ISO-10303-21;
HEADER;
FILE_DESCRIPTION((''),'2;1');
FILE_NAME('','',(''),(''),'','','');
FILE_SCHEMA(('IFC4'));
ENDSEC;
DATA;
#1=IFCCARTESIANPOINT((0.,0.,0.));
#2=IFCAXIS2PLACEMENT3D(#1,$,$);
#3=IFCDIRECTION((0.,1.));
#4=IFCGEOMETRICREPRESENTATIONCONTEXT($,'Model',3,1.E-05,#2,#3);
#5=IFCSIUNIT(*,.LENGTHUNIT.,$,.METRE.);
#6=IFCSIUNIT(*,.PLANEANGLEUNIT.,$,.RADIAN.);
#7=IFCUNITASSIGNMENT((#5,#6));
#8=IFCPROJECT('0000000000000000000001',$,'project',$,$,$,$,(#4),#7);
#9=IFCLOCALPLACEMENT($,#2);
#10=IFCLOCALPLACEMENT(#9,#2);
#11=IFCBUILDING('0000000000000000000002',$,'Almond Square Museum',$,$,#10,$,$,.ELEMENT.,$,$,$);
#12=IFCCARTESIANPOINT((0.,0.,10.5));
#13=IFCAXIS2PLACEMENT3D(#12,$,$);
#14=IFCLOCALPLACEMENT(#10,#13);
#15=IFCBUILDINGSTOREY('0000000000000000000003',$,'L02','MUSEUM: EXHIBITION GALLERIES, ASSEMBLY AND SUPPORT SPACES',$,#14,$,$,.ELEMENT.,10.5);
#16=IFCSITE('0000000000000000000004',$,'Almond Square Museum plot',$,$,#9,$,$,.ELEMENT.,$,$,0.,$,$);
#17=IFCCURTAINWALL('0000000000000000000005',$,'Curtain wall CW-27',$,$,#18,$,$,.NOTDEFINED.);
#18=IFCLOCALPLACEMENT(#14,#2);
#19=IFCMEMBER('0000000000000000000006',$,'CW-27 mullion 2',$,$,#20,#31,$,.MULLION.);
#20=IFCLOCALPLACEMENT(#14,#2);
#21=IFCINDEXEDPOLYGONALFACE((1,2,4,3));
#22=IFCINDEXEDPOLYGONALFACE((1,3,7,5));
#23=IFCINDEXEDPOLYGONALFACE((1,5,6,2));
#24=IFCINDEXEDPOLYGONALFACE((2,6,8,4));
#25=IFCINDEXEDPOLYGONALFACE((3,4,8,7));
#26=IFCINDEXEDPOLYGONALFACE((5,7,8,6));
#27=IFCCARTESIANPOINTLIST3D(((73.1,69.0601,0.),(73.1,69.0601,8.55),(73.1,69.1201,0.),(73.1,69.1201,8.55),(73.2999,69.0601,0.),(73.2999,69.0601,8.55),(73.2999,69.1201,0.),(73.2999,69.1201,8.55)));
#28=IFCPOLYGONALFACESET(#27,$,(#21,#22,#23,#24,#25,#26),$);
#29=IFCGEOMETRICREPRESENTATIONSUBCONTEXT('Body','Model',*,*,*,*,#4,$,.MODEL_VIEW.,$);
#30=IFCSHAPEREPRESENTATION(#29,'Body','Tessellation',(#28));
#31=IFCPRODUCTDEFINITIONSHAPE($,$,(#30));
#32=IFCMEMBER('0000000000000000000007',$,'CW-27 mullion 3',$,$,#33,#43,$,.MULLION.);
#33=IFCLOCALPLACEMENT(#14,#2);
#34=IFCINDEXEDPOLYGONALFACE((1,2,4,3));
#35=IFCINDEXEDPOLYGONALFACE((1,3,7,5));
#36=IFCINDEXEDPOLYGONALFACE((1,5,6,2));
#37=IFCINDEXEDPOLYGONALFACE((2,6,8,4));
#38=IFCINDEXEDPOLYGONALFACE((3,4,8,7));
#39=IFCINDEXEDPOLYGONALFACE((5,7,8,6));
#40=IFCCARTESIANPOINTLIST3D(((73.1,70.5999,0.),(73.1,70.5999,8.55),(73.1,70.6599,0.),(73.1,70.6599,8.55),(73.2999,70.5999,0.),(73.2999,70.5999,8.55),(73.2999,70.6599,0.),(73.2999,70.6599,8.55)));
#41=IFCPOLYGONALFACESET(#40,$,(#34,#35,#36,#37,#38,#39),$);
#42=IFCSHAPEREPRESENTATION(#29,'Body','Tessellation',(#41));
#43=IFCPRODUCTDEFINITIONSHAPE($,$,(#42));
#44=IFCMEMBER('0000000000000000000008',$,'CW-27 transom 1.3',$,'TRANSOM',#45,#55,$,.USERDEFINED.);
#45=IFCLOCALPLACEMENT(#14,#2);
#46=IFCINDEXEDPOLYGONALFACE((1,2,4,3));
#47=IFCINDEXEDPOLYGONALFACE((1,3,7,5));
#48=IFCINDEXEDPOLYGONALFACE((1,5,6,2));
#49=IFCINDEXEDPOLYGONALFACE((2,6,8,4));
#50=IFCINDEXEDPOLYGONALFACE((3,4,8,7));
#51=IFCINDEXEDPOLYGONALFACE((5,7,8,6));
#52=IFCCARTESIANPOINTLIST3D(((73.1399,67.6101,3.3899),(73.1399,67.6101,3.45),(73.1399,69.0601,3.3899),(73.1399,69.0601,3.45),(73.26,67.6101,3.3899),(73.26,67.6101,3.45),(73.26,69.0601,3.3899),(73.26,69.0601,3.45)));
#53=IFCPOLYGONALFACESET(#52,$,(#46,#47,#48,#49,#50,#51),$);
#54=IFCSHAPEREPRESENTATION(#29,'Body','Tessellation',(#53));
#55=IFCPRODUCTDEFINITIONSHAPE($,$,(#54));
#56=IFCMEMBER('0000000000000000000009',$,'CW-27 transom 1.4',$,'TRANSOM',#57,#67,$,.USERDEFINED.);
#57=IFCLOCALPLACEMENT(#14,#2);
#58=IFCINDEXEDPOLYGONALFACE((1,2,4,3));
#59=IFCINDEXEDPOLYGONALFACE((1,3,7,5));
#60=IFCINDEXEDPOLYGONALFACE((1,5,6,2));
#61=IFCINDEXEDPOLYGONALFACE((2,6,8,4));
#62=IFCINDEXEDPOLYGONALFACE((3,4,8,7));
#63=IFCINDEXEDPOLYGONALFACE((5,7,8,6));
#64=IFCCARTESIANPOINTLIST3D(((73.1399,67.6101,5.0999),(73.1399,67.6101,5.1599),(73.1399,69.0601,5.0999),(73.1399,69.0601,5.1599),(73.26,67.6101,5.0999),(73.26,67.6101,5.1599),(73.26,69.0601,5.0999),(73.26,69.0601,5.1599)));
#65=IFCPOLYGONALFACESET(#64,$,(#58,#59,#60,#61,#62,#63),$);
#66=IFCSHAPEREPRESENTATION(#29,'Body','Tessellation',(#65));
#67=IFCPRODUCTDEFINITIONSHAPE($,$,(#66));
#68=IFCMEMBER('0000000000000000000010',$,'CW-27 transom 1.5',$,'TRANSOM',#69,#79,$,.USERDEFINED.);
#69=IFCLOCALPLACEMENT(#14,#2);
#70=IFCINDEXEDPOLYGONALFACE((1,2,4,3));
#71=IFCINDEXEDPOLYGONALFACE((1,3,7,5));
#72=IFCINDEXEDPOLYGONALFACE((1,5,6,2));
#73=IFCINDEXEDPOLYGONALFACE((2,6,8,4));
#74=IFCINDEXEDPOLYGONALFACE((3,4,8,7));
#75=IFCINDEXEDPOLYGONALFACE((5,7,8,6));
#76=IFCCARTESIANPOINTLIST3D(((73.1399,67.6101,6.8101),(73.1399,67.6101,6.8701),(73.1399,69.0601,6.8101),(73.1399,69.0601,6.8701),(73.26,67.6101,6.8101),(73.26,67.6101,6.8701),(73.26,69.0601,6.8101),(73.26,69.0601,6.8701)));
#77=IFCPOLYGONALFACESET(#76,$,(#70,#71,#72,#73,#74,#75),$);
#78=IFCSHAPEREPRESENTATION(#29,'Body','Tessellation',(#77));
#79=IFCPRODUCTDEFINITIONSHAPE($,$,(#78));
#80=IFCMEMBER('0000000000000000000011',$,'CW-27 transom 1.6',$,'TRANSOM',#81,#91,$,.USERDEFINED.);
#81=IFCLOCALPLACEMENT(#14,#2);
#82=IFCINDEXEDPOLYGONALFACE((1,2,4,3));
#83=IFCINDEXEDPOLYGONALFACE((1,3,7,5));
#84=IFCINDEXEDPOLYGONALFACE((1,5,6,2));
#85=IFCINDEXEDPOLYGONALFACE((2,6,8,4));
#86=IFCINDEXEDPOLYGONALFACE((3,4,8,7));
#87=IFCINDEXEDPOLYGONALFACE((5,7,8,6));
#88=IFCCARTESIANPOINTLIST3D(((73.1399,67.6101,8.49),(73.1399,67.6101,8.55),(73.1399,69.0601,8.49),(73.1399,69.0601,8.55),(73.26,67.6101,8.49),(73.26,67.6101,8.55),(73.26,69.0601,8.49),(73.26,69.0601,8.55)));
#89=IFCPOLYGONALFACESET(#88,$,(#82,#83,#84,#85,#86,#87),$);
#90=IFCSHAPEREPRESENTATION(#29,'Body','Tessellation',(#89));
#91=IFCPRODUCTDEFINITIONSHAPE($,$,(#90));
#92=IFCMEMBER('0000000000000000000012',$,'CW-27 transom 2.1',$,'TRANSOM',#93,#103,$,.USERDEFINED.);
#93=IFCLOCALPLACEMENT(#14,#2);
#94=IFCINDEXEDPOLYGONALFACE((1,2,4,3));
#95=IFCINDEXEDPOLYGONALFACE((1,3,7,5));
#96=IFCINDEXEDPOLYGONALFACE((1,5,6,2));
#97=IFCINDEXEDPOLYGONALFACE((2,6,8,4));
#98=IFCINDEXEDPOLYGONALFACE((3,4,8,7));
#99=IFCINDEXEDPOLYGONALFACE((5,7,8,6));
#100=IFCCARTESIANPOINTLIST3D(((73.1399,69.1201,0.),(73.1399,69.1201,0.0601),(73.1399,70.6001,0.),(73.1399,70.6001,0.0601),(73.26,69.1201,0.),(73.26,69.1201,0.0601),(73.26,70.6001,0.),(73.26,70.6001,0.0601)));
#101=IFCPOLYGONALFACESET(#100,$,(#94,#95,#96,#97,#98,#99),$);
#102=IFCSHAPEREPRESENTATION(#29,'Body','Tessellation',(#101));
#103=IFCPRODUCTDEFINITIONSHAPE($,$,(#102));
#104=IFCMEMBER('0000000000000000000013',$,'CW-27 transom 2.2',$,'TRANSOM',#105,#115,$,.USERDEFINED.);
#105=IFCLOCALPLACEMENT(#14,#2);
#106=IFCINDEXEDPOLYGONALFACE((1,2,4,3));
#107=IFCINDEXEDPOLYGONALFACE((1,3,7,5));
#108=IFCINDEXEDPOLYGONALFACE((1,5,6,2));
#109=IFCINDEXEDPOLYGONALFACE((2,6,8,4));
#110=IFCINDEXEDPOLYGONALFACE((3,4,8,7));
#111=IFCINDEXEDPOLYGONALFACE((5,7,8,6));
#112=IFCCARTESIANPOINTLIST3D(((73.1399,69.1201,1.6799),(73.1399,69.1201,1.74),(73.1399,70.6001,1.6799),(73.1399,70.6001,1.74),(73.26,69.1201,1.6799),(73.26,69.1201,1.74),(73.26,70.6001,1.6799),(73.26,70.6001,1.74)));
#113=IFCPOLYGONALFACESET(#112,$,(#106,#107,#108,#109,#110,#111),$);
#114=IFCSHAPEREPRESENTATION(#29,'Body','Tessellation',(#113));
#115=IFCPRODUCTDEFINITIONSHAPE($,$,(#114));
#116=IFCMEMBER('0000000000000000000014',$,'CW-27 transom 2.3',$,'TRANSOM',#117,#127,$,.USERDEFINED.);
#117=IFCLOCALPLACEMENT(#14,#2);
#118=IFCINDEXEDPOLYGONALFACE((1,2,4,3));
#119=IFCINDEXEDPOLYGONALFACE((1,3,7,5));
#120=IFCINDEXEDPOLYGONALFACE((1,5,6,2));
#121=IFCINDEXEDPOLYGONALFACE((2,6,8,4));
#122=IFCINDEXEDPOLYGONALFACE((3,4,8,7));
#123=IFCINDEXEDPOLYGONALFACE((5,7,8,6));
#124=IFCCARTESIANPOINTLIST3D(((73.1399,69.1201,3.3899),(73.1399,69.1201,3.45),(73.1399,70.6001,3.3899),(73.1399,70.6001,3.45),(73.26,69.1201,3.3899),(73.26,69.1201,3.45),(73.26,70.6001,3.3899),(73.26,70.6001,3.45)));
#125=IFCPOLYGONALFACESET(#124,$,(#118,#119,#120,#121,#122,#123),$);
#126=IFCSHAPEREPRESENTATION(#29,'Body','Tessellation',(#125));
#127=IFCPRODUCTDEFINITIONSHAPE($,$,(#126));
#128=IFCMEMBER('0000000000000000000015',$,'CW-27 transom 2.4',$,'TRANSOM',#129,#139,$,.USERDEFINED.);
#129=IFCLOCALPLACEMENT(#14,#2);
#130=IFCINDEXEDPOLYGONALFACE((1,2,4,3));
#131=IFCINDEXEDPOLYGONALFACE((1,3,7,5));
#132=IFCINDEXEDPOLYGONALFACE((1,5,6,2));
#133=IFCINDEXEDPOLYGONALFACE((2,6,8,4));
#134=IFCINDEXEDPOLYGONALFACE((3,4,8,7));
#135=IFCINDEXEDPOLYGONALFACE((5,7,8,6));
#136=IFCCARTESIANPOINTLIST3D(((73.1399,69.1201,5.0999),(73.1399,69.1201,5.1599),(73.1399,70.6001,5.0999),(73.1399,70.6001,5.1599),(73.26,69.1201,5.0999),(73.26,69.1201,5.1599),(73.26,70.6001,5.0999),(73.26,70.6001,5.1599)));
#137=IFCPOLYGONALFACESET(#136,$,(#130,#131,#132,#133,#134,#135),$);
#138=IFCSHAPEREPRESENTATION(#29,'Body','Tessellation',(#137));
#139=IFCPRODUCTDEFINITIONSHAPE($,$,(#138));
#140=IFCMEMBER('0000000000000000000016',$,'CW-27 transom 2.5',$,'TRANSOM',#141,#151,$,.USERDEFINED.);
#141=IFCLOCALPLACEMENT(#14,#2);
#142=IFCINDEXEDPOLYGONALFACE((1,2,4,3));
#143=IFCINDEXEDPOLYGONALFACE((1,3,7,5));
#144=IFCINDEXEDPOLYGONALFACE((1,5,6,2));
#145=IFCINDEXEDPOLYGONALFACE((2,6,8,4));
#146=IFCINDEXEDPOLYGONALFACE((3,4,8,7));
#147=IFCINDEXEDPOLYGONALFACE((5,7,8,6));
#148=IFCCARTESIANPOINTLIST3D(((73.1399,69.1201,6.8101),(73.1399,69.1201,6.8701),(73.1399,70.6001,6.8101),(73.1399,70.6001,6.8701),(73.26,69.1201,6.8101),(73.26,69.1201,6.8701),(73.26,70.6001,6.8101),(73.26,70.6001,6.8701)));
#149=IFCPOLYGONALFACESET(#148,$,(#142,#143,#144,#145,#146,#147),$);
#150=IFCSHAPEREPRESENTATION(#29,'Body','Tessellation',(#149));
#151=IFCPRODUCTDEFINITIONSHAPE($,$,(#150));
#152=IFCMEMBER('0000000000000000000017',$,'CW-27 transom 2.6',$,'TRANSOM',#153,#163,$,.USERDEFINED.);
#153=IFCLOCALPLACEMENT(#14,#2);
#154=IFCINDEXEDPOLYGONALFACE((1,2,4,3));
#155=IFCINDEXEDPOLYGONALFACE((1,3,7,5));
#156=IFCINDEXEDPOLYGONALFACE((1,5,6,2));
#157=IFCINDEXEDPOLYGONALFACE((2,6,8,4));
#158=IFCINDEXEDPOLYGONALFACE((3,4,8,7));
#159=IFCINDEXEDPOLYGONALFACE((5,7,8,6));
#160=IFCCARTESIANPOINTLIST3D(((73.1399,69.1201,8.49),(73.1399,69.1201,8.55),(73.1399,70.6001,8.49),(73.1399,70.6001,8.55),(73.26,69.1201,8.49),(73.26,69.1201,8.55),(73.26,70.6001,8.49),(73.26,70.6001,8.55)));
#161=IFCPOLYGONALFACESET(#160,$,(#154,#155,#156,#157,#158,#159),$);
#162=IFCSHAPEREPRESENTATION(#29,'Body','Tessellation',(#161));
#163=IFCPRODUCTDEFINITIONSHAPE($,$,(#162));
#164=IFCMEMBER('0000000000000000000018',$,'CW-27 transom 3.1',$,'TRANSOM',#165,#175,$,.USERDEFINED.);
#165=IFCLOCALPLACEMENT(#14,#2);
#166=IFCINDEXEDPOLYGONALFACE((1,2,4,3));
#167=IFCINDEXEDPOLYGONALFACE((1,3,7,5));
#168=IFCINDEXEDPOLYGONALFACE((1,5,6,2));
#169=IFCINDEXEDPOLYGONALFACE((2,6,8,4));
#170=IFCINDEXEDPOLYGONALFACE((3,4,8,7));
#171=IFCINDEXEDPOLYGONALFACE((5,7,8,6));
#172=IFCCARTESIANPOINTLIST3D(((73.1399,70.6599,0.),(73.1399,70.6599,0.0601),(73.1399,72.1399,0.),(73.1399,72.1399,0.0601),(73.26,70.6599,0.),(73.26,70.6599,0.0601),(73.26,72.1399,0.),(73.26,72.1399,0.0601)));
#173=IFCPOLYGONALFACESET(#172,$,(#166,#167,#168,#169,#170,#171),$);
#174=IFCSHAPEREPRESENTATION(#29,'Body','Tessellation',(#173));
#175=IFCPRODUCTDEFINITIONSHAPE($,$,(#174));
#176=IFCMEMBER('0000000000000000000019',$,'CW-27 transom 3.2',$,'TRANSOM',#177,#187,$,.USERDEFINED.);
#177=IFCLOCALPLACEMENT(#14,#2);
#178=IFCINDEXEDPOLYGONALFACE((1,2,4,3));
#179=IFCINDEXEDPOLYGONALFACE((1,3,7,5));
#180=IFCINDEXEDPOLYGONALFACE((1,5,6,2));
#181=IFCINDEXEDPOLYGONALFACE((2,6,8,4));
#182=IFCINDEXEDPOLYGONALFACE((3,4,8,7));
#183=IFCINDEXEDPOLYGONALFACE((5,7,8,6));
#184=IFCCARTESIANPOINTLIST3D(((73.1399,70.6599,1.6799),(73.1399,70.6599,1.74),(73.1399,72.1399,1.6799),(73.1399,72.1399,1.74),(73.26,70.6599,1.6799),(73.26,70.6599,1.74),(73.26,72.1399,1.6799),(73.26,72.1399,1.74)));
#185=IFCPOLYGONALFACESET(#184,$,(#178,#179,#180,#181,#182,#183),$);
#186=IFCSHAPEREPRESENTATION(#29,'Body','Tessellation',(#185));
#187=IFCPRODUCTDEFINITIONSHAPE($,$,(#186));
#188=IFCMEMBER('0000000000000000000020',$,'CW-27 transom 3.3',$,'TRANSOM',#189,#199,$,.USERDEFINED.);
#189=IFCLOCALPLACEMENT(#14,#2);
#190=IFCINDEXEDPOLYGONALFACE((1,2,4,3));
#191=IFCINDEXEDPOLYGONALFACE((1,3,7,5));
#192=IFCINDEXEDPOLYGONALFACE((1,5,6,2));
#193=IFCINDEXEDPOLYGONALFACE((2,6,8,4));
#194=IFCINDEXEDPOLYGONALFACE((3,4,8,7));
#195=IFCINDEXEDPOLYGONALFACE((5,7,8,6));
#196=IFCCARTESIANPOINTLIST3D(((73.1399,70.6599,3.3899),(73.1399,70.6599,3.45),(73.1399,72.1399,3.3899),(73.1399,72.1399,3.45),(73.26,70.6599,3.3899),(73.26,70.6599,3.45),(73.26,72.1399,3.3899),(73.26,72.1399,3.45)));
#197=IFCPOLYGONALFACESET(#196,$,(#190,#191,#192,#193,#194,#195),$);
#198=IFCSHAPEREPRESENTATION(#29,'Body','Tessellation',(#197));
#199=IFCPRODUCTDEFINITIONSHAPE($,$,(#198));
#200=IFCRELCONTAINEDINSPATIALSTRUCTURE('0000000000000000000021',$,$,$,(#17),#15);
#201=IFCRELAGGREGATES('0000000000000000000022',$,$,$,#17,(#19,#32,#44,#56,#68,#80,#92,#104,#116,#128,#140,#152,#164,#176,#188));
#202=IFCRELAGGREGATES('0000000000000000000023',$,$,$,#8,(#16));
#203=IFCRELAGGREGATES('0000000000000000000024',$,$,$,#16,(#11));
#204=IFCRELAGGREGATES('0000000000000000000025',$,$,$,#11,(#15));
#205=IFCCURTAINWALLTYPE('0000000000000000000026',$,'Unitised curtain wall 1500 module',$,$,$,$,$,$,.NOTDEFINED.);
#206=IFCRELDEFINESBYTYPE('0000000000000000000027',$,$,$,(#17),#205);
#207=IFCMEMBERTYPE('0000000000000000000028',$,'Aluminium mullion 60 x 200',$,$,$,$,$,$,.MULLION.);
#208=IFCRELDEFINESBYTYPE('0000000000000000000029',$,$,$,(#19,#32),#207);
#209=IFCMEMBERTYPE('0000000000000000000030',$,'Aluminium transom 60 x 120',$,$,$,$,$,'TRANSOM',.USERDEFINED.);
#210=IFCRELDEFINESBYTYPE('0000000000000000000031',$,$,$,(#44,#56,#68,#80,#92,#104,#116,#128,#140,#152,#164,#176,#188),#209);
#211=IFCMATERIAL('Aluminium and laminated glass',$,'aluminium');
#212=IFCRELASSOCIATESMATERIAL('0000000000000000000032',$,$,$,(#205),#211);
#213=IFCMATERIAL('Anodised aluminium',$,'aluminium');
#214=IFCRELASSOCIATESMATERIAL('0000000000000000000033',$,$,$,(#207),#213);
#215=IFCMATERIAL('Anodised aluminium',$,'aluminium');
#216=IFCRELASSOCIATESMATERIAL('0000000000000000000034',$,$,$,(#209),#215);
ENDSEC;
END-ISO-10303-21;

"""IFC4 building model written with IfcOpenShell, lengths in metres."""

from ifc_helpers import new_model, si_unit, direction, frame, origin, origin_2d, place, context, subcontext, project, spatial, rectangle, extrude, material, material_profile, profile_set, type_object, element, aggregate, save


model = new_model("IFC4")

# Units and contexts
model_context = context("Model", 3, precision=1e-05, world=origin(), true_north=direction((0.0, 1.0)))
body_context = subcontext(model_context, "Body", "Model", "MODEL_VIEW")
ifc_project = project(units=[si_unit("LENGTHUNIT", "METRE"), si_unit("PLANEANGLEUNIT", "RADIAN")], contexts=[model_context])

# Site, building, storey
site_placement = place(None, origin())
site = spatial("IfcSite", under=ifc_project, at=site_placement, Name="Almond Square Museum plot", CompositionType="ELEMENT", RefElevation=0.0)
building_placement = place(site_placement, origin())
building = spatial("IfcBuilding", under=site, at=building_placement, Name="Almond Square Museum", CompositionType="ELEMENT")
storey_placement = place(building_placement, frame((0.0, 0.0, 10.5)))
storey = spatial("IfcBuildingStorey", under=building, at=storey_placement, Name="L02", Description="MUSEUM: EXHIBITION GALLERIES, ASSEMBLY AND SUPPORT SPACES", CompositionType="ELEMENT", Elevation=10.5)

# Curtain wall, members
ifc_material_1 = material(Name="Aluminium and laminated glass", Category="aluminium")
curtain_wall_type = type_object("IfcCurtainWallType", Name="Unitised curtain wall 1500 module", PredefinedType="NOTDEFINED", material=ifc_material_1)
curtain_wall_placement = place(storey_placement, origin())
curtain_wall = element("IfcCurtainWall", 1, at=curtain_wall_placement, inside=storey, type_object=curtain_wall_type, Name="Curtain wall CW-27", PredefinedType="NOTDEFINED")
ifc_material_2 = material(Name="Anodised aluminium", Category="aluminium")
ifc_material_profile_1 = material_profile(ifc_material_2, rectangle(XDim=0.2, YDim=0.0601, at=origin_2d()))
ifc_profile_set_1 = profile_set([ifc_material_profile_1], Name="Anodised aluminium")
member_type_1 = type_object("IfcMemberType", Name="Aluminium mullion 60 x 200", PredefinedType="MULLION", material=ifc_profile_set_1)
member_1_placement = place(storey_placement, frame((73.2, 69.0901, 0.0), z_axis=(0.0, 0.0, 1.0), x_axis=(-1.0, 0.0, 0.0)))
member_1 = element("IfcMember", 2, at=member_1_placement, type_object=member_type_1, Name="CW-27 mullion 2", PredefinedType="MULLION", context=body_context, shape_type="SweptSolid", body=[
    extrude(rectangle(XDim=0.2, YDim=0.0601, at=origin_2d()), origin(), (0.0, 0.0, 1.0), 8.55),
])
member_2_placement = place(storey_placement, frame((73.2, 70.6299, 0.0), z_axis=(0.0, 0.0, 1.0), x_axis=(-1.0, 0.0, 0.0)))
member_2 = element("IfcMember", 3, at=member_2_placement, type_object=member_type_1, Name="CW-27 mullion 3", PredefinedType="MULLION", context=body_context, shape_type="SweptSolid", body=[
    extrude(rectangle(XDim=0.2, YDim=0.0601, at=origin_2d()), origin(), (0.0, 0.0, 1.0), 8.55),
])
ifc_material_3 = material(Name="Anodised aluminium", Category="aluminium")
ifc_material_profile_2 = material_profile(ifc_material_3, rectangle(XDim=0.1201, YDim=0.0601, at=origin_2d()))
ifc_profile_set_2 = profile_set([ifc_material_profile_2], Name="Anodised aluminium")
member_type_2 = type_object("IfcMemberType", Name="Aluminium transom 60 x 120", ElementType="TRANSOM", PredefinedType="USERDEFINED", material=ifc_profile_set_2)
member_3_placement = place(storey_placement, frame((73.2, 67.6101, 3.4199), z_axis=(0.0, 1.0, 0.0), x_axis=(-1.0, 0.0, 0.0)))
member_3 = element("IfcMember", 4, at=member_3_placement, type_object=member_type_2, Name="CW-27 transom 1.3", ObjectType="TRANSOM", PredefinedType="USERDEFINED", context=body_context, shape_type="SweptSolid", body=[
    extrude(rectangle(XDim=0.1201, YDim=0.0601, at=origin_2d()), origin(), (0.0, 0.0, 1.0), 1.45),
])
member_4_placement = place(storey_placement, frame((73.2, 67.6101, 5.1299), z_axis=(0.0, 1.0, 0.0), x_axis=(-1.0, 0.0, 0.0)))
member_4 = element("IfcMember", 5, at=member_4_placement, type_object=member_type_2, Name="CW-27 transom 1.4", ObjectType="TRANSOM", PredefinedType="USERDEFINED", context=body_context, shape_type="SweptSolid", body=[
    extrude(rectangle(XDim=0.1201, YDim=0.0601, at=origin_2d()), origin(), (0.0, 0.0, 1.0), 1.45),
])
member_5_placement = place(storey_placement, frame((73.2, 67.6101, 6.8401), z_axis=(0.0, 1.0, 0.0), x_axis=(-1.0, 0.0, 0.0)))
member_5 = element("IfcMember", 6, at=member_5_placement, type_object=member_type_2, Name="CW-27 transom 1.5", ObjectType="TRANSOM", PredefinedType="USERDEFINED", context=body_context, shape_type="SweptSolid", body=[
    extrude(rectangle(XDim=0.1201, YDim=0.0601, at=origin_2d()), origin(), (0.0, 0.0, 1.0), 1.45),
])
member_6_placement = place(storey_placement, frame((73.2, 67.6101, 8.52), z_axis=(0.0, 1.0, 0.0), x_axis=(-1.0, 0.0, 0.0)))
member_6 = element("IfcMember", 7, at=member_6_placement, type_object=member_type_2, Name="CW-27 transom 1.6", ObjectType="TRANSOM", PredefinedType="USERDEFINED", context=body_context, shape_type="SweptSolid", body=[
    extrude(rectangle(XDim=0.1201, YDim=0.0601, at=origin_2d()), origin(), (0.0, 0.0, 1.0), 1.45),
])
member_7_placement = place(storey_placement, frame((73.2, 69.1201, 0.03), z_axis=(0.0, 1.0, 0.0), x_axis=(-1.0, 0.0, 0.0)))
member_7 = element("IfcMember", 8, at=member_7_placement, type_object=member_type_2, Name="CW-27 transom 2.1", ObjectType="TRANSOM", PredefinedType="USERDEFINED", context=body_context, shape_type="SweptSolid", body=[
    extrude(rectangle(XDim=0.1201, YDim=0.0601, at=origin_2d()), origin(), (0.0, 0.0, 1.0), 1.48),
])
member_8_placement = place(storey_placement, frame((73.2, 69.1201, 1.71), z_axis=(0.0, 1.0, 0.0), x_axis=(-1.0, 0.0, 0.0)))
member_8 = element("IfcMember", 9, at=member_8_placement, type_object=member_type_2, Name="CW-27 transom 2.2", ObjectType="TRANSOM", PredefinedType="USERDEFINED", context=body_context, shape_type="SweptSolid", body=[
    extrude(rectangle(XDim=0.1201, YDim=0.0601, at=origin_2d()), origin(), (0.0, 0.0, 1.0), 1.48),
])
member_9_placement = place(storey_placement, frame((73.2, 69.1201, 3.4199), z_axis=(0.0, 1.0, 0.0), x_axis=(-1.0, 0.0, 0.0)))
member_9 = element("IfcMember", 10, at=member_9_placement, type_object=member_type_2, Name="CW-27 transom 2.3", ObjectType="TRANSOM", PredefinedType="USERDEFINED", context=body_context, shape_type="SweptSolid", body=[
    extrude(rectangle(XDim=0.1201, YDim=0.0601, at=origin_2d()), origin(), (0.0, 0.0, 1.0), 1.48),
])
member_10_placement = place(storey_placement, frame((73.2, 69.1201, 5.1299), z_axis=(0.0, 1.0, 0.0), x_axis=(-1.0, 0.0, 0.0)))
member_10 = element("IfcMember", 11, at=member_10_placement, type_object=member_type_2, Name="CW-27 transom 2.4", ObjectType="TRANSOM", PredefinedType="USERDEFINED", context=body_context, shape_type="SweptSolid", body=[
    extrude(rectangle(XDim=0.1201, YDim=0.0601, at=origin_2d()), origin(), (0.0, 0.0, 1.0), 1.48),
])
member_11_placement = place(storey_placement, frame((73.2, 69.1201, 6.8401), z_axis=(0.0, 1.0, 0.0), x_axis=(-1.0, 0.0, 0.0)))
member_11 = element("IfcMember", 12, at=member_11_placement, type_object=member_type_2, Name="CW-27 transom 2.5", ObjectType="TRANSOM", PredefinedType="USERDEFINED", context=body_context, shape_type="SweptSolid", body=[
    extrude(rectangle(XDim=0.1201, YDim=0.0601, at=origin_2d()), origin(), (0.0, 0.0, 1.0), 1.48),
])
member_12_placement = place(storey_placement, frame((73.2, 69.1201, 8.52), z_axis=(0.0, 1.0, 0.0), x_axis=(-1.0, 0.0, 0.0)))
member_12 = element("IfcMember", 13, at=member_12_placement, type_object=member_type_2, Name="CW-27 transom 2.6", ObjectType="TRANSOM", PredefinedType="USERDEFINED", context=body_context, shape_type="SweptSolid", body=[
    extrude(rectangle(XDim=0.1201, YDim=0.0601, at=origin_2d()), origin(), (0.0, 0.0, 1.0), 1.48),
])
member_13_placement = place(storey_placement, frame((73.2, 70.6599, 0.03), z_axis=(0.0, 1.0, 0.0), x_axis=(-1.0, 0.0, 0.0)))
member_13 = element("IfcMember", 14, at=member_13_placement, type_object=member_type_2, Name="CW-27 transom 3.1", ObjectType="TRANSOM", PredefinedType="USERDEFINED", context=body_context, shape_type="SweptSolid", body=[
    extrude(rectangle(XDim=0.1201, YDim=0.0601, at=origin_2d()), origin(), (0.0, 0.0, 1.0), 1.48),
])
member_14_placement = place(storey_placement, frame((73.2, 70.6599, 1.71), z_axis=(0.0, 1.0, 0.0), x_axis=(-1.0, 0.0, 0.0)))
member_14 = element("IfcMember", 15, at=member_14_placement, type_object=member_type_2, Name="CW-27 transom 3.2", ObjectType="TRANSOM", PredefinedType="USERDEFINED", context=body_context, shape_type="SweptSolid", body=[
    extrude(rectangle(XDim=0.1201, YDim=0.0601, at=origin_2d()), origin(), (0.0, 0.0, 1.0), 1.48),
])
member_15_placement = place(storey_placement, frame((73.2, 70.6599, 3.4199), z_axis=(0.0, 1.0, 0.0), x_axis=(-1.0, 0.0, 0.0)))
member_15 = element("IfcMember", 16, at=member_15_placement, type_object=member_type_2, Name="CW-27 transom 3.3", ObjectType="TRANSOM", PredefinedType="USERDEFINED", context=body_context, shape_type="SweptSolid", body=[
    extrude(rectangle(XDim=0.1201, YDim=0.0601, at=origin_2d()), origin(), (0.0, 0.0, 1.0), 1.48),
])

aggregate(curtain_wall, [member_1, member_2, member_3, member_4, member_5, member_6, member_7, member_8, member_9, member_10, member_11, member_12, member_13, member_14, member_15])

save(model, "model.ifc")
